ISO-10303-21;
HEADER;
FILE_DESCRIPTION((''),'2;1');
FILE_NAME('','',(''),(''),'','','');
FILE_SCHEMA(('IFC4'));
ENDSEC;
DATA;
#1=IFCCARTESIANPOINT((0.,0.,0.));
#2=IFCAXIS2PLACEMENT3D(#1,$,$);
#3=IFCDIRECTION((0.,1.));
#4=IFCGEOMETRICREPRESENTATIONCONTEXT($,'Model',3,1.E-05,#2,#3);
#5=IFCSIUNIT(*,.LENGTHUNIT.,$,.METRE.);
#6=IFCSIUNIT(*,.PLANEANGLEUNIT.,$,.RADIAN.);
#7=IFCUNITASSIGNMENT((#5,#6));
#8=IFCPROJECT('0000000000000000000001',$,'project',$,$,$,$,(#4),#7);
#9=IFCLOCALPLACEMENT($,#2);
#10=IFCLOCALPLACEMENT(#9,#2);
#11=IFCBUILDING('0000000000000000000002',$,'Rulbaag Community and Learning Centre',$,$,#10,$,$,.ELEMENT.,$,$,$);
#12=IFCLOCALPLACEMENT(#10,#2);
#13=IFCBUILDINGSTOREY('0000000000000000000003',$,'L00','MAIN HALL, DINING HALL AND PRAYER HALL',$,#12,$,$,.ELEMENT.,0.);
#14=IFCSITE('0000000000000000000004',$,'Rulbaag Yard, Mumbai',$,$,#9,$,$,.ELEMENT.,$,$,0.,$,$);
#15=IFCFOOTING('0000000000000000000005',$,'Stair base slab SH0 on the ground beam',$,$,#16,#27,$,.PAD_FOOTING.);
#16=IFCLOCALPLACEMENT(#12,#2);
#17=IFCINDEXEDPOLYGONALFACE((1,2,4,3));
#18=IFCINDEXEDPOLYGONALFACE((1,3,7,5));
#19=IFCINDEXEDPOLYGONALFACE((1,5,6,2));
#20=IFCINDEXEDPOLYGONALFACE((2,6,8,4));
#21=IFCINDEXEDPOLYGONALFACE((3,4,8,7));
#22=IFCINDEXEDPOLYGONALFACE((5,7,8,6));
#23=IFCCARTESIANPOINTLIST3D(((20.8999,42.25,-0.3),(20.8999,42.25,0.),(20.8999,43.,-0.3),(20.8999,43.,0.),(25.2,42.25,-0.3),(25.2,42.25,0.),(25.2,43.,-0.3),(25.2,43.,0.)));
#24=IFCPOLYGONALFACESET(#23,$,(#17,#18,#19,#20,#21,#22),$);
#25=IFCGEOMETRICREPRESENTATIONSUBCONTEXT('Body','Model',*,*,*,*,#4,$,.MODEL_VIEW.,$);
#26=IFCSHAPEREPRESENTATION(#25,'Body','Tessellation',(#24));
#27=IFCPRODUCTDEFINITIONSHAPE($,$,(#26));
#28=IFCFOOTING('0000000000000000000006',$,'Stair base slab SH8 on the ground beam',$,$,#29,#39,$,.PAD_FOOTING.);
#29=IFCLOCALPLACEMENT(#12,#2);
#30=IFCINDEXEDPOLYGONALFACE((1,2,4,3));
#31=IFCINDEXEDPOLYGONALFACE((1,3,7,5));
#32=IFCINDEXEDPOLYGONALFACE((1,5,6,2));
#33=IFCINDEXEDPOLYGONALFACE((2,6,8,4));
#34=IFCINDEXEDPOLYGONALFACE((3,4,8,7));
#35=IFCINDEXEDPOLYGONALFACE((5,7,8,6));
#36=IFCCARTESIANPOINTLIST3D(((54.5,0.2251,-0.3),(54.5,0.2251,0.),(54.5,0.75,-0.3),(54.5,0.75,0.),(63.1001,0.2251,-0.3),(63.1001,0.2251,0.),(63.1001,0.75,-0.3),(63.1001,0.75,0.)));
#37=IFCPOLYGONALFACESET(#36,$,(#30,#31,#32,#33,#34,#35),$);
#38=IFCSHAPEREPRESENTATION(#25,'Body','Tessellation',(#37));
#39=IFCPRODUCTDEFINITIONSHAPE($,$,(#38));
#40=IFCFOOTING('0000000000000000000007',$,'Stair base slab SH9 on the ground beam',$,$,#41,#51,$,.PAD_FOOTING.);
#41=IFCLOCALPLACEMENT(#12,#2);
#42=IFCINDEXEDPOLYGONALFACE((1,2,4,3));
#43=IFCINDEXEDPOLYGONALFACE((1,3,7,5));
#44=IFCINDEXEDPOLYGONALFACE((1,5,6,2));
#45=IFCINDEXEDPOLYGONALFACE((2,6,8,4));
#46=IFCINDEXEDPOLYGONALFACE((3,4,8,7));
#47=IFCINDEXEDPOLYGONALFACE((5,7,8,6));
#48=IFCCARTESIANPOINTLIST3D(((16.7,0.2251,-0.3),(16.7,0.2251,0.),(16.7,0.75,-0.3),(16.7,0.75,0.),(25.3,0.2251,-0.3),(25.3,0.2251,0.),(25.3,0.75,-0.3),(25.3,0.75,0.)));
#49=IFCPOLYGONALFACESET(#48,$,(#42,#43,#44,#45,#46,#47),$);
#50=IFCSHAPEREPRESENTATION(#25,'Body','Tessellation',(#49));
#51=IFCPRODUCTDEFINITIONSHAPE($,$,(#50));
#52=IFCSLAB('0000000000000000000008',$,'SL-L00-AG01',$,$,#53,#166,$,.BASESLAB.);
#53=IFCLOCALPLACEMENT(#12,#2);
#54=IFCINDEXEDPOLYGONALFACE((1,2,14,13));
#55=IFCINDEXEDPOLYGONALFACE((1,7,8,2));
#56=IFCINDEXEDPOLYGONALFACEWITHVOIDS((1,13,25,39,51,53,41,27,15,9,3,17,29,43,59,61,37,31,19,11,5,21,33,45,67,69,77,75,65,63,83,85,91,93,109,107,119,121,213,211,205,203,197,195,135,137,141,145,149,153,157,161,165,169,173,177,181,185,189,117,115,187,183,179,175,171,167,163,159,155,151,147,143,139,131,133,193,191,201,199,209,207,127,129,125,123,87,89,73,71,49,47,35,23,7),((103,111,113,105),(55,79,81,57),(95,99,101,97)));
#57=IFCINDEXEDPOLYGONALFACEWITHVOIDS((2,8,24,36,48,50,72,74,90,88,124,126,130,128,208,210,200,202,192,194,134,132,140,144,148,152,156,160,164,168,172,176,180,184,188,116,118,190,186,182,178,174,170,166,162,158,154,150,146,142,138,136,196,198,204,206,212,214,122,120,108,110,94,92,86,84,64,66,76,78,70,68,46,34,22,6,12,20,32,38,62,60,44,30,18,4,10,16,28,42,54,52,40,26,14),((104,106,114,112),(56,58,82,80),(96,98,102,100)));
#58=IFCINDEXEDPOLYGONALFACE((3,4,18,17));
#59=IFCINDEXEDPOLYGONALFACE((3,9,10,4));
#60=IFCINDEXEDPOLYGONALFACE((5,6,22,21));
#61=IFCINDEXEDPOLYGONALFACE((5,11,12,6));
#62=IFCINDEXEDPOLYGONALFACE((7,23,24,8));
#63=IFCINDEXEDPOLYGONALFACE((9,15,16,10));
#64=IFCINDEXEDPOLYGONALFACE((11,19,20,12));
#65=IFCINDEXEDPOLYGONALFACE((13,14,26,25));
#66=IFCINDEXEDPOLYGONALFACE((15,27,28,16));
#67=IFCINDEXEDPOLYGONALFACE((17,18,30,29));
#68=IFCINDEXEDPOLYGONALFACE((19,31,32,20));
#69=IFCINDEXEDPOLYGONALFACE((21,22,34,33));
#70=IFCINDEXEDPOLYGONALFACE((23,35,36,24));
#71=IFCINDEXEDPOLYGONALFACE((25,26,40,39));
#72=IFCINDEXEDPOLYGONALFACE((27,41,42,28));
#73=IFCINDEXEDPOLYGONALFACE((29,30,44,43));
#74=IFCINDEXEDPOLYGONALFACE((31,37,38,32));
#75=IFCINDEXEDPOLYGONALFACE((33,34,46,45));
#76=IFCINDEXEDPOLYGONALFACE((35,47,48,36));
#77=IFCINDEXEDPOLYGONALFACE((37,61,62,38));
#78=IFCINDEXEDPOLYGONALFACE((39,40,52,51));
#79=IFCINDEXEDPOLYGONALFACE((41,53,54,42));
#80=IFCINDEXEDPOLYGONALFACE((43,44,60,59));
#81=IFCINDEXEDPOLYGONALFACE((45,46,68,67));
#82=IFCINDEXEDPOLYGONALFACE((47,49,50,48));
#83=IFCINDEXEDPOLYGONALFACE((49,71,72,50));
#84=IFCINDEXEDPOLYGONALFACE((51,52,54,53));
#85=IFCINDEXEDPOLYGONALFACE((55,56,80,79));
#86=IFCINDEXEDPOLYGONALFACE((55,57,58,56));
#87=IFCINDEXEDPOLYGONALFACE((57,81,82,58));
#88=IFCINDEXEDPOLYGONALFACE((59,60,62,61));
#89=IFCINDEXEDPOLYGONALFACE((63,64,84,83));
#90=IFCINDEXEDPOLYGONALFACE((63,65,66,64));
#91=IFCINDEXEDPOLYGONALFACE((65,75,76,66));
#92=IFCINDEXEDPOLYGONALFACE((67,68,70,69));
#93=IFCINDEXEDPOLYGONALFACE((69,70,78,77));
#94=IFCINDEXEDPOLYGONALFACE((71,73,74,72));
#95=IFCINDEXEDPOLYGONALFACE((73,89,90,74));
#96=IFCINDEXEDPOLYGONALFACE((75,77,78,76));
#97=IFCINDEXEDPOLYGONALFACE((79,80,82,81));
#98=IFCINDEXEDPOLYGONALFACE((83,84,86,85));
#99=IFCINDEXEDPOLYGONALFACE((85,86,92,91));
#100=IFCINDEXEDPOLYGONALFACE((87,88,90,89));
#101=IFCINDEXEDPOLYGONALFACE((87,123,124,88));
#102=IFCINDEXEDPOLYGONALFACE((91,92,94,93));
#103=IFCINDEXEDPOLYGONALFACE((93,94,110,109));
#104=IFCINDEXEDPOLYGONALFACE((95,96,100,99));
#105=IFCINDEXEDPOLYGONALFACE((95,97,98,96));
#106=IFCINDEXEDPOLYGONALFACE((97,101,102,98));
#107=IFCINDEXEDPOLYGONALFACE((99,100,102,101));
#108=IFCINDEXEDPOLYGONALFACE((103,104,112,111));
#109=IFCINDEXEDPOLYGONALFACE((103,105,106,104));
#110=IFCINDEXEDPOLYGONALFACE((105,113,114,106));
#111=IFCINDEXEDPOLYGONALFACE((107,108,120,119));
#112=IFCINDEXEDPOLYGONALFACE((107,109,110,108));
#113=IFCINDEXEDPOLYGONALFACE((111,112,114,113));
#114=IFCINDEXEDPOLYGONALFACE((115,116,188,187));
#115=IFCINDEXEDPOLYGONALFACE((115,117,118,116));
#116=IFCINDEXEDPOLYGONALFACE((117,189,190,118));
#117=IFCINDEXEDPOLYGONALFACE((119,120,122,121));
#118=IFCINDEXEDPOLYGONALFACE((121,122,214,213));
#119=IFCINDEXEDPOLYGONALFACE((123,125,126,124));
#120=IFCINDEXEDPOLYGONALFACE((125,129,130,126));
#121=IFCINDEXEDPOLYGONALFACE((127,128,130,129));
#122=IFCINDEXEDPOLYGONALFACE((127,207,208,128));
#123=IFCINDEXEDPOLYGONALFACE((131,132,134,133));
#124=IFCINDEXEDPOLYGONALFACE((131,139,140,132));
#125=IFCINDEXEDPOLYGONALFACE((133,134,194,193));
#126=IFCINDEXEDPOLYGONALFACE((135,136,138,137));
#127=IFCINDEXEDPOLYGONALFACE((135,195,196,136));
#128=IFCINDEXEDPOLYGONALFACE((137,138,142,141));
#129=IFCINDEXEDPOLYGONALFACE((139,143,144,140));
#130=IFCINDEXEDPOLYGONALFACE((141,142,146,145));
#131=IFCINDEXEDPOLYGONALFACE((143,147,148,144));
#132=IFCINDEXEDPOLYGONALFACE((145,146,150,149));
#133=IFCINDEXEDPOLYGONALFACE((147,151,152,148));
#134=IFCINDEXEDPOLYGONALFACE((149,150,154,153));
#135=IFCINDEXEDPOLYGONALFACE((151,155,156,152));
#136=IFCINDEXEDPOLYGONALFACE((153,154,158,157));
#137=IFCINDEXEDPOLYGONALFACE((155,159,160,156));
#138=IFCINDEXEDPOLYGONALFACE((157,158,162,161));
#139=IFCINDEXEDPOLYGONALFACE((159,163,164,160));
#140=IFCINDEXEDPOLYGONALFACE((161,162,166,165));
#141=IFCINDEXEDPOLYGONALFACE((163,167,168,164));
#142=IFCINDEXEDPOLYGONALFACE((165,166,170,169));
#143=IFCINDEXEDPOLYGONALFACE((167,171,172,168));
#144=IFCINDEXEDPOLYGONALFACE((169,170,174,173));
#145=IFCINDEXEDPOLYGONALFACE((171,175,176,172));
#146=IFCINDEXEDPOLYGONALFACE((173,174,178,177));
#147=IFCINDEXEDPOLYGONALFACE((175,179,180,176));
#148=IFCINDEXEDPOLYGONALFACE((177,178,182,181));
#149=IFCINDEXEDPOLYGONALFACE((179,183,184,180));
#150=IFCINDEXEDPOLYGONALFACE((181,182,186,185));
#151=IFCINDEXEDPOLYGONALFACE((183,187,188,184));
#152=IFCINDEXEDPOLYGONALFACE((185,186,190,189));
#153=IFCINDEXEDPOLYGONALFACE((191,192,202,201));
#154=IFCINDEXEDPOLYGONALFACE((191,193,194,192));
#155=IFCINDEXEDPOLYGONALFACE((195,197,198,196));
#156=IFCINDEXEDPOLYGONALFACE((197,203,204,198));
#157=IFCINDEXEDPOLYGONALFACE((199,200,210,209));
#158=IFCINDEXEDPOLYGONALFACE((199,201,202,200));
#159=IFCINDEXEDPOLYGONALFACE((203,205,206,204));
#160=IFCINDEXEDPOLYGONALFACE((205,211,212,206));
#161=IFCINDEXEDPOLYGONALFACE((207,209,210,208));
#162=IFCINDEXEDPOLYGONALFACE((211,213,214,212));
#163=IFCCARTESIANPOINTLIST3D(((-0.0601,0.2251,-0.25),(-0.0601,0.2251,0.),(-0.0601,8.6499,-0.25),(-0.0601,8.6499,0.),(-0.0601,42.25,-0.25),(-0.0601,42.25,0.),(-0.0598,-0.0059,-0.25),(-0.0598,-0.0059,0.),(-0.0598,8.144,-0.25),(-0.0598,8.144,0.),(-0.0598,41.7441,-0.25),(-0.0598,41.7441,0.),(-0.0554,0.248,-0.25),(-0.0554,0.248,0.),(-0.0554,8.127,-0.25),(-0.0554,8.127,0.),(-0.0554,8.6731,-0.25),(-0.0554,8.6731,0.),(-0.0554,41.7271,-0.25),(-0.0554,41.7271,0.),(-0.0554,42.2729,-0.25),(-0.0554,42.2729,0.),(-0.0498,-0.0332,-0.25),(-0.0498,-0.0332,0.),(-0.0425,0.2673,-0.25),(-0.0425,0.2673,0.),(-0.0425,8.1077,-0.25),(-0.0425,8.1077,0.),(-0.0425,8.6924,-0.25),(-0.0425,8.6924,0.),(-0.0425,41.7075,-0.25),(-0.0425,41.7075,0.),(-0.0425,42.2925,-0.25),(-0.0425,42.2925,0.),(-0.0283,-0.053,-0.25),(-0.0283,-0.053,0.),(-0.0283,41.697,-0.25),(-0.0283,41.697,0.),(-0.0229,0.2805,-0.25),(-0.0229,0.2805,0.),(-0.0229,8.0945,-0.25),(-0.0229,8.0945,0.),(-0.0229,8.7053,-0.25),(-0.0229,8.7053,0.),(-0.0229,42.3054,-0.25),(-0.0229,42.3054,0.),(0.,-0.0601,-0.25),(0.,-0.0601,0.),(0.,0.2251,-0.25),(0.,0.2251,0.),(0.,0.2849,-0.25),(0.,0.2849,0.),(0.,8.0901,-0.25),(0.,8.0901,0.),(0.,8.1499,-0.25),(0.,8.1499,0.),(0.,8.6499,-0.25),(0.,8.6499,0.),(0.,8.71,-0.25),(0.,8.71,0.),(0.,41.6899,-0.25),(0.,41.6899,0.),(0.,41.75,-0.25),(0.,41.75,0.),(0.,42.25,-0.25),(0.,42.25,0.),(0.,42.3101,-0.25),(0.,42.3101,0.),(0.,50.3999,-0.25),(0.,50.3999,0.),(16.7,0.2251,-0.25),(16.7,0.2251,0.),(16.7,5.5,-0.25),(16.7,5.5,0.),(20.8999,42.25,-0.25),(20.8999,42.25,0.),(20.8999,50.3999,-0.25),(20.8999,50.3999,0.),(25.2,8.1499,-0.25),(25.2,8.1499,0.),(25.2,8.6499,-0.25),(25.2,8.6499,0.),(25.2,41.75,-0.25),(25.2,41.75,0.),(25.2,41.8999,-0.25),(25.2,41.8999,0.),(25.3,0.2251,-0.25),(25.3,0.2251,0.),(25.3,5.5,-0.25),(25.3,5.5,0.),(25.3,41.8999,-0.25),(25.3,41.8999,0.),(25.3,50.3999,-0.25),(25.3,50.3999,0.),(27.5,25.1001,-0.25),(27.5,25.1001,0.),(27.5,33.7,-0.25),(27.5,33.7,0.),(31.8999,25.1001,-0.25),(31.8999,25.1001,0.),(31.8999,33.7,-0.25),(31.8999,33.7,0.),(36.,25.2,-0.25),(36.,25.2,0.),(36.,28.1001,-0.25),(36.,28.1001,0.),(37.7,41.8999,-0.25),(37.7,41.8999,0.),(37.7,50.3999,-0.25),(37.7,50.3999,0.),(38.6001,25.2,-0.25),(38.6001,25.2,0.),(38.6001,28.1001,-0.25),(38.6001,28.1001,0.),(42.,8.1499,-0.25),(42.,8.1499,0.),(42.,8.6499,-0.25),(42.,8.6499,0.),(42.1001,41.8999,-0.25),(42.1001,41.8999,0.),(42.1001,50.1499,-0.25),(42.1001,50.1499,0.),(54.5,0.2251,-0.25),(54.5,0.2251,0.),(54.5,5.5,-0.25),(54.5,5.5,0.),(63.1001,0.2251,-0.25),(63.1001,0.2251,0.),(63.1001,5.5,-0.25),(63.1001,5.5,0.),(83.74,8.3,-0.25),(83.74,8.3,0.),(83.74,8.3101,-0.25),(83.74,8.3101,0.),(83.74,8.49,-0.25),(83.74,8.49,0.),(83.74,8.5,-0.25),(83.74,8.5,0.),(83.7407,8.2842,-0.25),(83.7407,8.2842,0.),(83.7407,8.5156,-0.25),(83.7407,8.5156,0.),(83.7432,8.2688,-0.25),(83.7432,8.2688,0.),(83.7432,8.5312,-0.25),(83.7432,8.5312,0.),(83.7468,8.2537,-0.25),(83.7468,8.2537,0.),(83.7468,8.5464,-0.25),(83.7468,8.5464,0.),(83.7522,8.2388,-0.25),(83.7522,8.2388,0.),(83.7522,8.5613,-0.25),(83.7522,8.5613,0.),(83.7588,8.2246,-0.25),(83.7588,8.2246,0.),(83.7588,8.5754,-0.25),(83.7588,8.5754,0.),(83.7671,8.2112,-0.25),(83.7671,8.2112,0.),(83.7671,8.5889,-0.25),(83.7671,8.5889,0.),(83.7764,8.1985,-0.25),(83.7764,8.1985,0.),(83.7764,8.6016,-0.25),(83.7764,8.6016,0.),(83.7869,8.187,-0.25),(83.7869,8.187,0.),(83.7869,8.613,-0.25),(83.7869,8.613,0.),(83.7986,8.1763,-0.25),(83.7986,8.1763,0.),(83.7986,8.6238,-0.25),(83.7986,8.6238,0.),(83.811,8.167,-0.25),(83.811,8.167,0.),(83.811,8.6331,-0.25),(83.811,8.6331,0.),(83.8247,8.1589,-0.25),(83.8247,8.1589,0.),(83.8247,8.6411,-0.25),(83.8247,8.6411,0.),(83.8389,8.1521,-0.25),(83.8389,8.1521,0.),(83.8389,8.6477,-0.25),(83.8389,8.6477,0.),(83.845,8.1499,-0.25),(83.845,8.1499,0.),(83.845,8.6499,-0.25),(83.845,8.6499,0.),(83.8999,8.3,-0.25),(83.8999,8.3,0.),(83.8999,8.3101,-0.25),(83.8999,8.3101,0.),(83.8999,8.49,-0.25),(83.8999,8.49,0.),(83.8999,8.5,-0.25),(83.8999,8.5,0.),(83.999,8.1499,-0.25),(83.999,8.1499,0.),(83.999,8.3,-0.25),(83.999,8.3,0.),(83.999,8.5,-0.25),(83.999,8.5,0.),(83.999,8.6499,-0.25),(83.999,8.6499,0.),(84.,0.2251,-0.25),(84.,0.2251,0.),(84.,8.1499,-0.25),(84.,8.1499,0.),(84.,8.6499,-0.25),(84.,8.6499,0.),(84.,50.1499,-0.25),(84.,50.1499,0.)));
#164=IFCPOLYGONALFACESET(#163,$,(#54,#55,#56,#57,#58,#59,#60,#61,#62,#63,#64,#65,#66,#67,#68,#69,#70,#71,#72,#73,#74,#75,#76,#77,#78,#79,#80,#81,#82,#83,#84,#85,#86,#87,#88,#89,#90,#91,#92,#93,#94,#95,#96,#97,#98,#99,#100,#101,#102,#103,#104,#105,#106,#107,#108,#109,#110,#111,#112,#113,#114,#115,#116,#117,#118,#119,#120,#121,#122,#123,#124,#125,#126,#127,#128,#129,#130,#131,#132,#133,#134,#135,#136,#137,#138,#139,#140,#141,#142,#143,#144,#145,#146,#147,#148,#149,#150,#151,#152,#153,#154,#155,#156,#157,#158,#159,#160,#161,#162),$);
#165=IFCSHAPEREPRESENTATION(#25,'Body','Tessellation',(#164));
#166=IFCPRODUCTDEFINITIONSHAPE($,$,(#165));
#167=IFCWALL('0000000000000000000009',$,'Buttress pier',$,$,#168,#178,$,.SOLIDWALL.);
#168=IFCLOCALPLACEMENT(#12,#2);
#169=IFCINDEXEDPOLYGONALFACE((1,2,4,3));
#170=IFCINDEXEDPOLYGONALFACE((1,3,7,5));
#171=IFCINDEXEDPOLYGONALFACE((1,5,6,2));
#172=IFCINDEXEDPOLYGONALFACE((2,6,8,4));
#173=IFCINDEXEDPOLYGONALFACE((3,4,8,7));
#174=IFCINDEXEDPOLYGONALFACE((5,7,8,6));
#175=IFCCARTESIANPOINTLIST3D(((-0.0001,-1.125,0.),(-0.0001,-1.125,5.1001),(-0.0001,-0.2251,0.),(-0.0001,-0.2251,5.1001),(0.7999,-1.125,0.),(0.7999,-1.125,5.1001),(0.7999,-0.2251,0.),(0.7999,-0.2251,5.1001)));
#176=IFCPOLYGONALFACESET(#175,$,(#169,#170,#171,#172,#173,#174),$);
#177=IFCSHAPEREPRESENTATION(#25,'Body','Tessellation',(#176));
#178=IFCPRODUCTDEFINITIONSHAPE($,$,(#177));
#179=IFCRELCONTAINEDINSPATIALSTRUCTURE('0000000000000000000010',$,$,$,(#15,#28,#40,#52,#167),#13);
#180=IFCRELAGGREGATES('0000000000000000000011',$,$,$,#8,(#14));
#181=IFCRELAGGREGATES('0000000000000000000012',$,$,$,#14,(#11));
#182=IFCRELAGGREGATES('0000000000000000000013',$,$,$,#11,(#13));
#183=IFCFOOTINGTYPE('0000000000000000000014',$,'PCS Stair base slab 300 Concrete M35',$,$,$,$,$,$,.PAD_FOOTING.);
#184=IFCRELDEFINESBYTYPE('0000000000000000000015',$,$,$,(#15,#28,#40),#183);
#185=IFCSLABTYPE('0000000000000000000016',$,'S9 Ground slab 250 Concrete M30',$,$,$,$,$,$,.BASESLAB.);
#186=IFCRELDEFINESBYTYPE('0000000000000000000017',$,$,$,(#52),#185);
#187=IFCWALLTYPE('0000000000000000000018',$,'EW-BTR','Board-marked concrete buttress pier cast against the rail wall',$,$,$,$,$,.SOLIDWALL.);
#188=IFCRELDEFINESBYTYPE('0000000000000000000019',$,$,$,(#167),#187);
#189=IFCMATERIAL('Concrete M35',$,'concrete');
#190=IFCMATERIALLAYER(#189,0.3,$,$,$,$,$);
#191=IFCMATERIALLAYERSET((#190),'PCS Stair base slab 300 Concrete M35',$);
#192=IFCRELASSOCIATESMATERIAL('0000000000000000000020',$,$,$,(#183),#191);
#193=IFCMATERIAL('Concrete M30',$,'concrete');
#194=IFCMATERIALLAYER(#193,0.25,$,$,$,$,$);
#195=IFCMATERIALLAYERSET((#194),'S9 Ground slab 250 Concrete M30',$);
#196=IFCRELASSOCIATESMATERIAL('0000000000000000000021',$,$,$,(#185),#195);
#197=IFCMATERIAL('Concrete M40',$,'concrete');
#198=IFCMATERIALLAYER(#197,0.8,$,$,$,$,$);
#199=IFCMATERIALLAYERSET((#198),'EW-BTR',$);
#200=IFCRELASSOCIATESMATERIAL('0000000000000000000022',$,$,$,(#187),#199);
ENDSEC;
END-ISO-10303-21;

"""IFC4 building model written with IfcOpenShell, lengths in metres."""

from ifc_helpers import new_model, si_unit, direction, frame, frame_2d, origin, place, context, subcontext, project, spatial, polyline, rectangle, outline, extrude, material, layer, layer_set, type_object, element, save


model = new_model("IFC4")

# Units and contexts
model_context = context("Model", 3, precision=1e-05, world=origin(), true_north=direction((0.0, 1.0)))
body_context = subcontext(model_context, "Body", "Model", "MODEL_VIEW")
ifc_project = project(units=[si_unit("LENGTHUNIT", "METRE"), si_unit("PLANEANGLEUNIT", "RADIAN")], contexts=[model_context])

# Site, building, storey
site_placement = place(None, origin())
site = spatial("IfcSite", under=ifc_project, at=site_placement, Name="Rulbaag Yard, Mumbai", CompositionType="ELEMENT", RefElevation=0.0)
building_placement = place(site_placement, origin())
building = spatial("IfcBuilding", under=site, at=building_placement, Name="Rulbaag Community and Learning Centre", CompositionType="ELEMENT")
storey_placement = place(building_placement, origin())
storey = spatial("IfcBuildingStorey", under=building, at=storey_placement, Name="L00", Description="MAIN HALL, DINING HALL AND PRAYER HALL", CompositionType="ELEMENT", Elevation=0.0)

# Footings
ifc_material_1 = material(Name="Concrete M35", Category="concrete")
ifc_layer_1 = layer(ifc_material_1, 0.3)
ifc_layer_set_1 = layer_set([ifc_layer_1], Name="PCS Stair base slab 300 Concrete M35")
footing_type = type_object("IfcFootingType", Name="PCS Stair base slab 300 Concrete M35", PredefinedType="PAD_FOOTING", material=ifc_layer_set_1)
footing_1_placement = place(storey_placement, frame((0.0, 0.0, -0.3)))
element("IfcFooting", 1, at=footing_1_placement, inside=storey, type_object=footing_type, Name="Stair base slab SH0 on the ground beam", PredefinedType="PAD_FOOTING", context=body_context, shape_type="SweptSolid", body=[
    extrude(outline(polyline([(20.8999, 42.25), (20.8999, 43.0), (25.2, 43.0), (25.2, 42.25), (20.8999, 42.25)])), origin(), (0.0, 0.0, 1.0), 0.3),
])
footing_2_placement = place(storey_placement, frame((0.0, 0.0, -0.3)))
element("IfcFooting", 2, at=footing_2_placement, inside=storey, type_object=footing_type, Name="Stair base slab SH8 on the ground beam", PredefinedType="PAD_FOOTING", context=body_context, shape_type="SweptSolid", body=[
    extrude(outline(polyline([(54.5, 0.2251), (54.5, 0.75), (63.1001, 0.75), (63.1001, 0.2251), (54.5, 0.2251)])), origin(), (0.0, 0.0, 1.0), 0.3),
])
footing_3_placement = place(storey_placement, frame((0.0, 0.0, -0.3)))
element("IfcFooting", 3, at=footing_3_placement, inside=storey, type_object=footing_type, Name="Stair base slab SH9 on the ground beam", PredefinedType="PAD_FOOTING", context=body_context, shape_type="SweptSolid", body=[
    extrude(outline(polyline([(16.7, 0.2251), (16.7, 0.75), (25.3, 0.75), (25.3, 0.2251), (16.7, 0.2251)])), origin(), (0.0, 0.0, 1.0), 0.3),
])

# Slab
ifc_material_2 = material(Name="Concrete M30", Category="concrete")
ifc_layer_2 = layer(ifc_material_2, 0.25)
ifc_layer_set_2 = layer_set([ifc_layer_2], Name="S9 Ground slab 250 Concrete M30")
slab_type = type_object("IfcSlabType", Name="S9 Ground slab 250 Concrete M30", PredefinedType="BASESLAB", material=ifc_layer_set_2)
slab_placement = place(storey_placement, frame((0.0, 0.0, -0.25)))
element("IfcSlab", 4, at=slab_placement, inside=storey, type_object=slab_type, Name="SL-L00-AG01", PredefinedType="BASESLAB", context=body_context, shape_type="SweptSolid", body=[
    extrude(outline(polyline([(83.8389, 8.1521), (83.8247, 8.1589), (83.811, 8.167), (83.7986, 8.1763), (83.7869, 8.187), (83.7764, 8.1985), (83.7671, 8.2112), (83.7588, 8.2246), (83.7522, 8.2388), (83.7468, 8.2537), (83.7432, 8.2688), (83.7407, 8.2842), (83.74, 8.3), (83.74, 8.3101), (83.8999, 8.3101), (83.8999, 8.3), (83.999, 8.3), (83.999, 8.1499), (84.0, 8.1499), (84.0, 0.2251), (63.1001, 0.2251), (63.1001, 5.5), (54.5, 5.5), (54.5, 0.2251), (25.3, 0.2251), (25.3, 5.5), (16.7, 5.5), (16.7, 0.2251), (0.0, 0.2251), (0.0, -0.0601), (-0.0283, -0.053), (-0.0498, -0.0332), (-0.0598, -0.0059), (-0.0601, 0.2251), (-0.0554, 0.248), (-0.0425, 0.2673), (-0.0229, 0.2805), (0.0, 0.2849), (0.0, 8.0901), (-0.0229, 8.0945), (-0.0425, 8.1077), (-0.0554, 8.127), (-0.0598, 8.144), (-0.0601, 8.6499), (-0.0554, 8.6731), (-0.0425, 8.6924), (-0.0229, 8.7053), (0.0, 8.71), (0.0, 41.6899), (-0.0283, 41.697), (-0.0425, 41.7075), (-0.0554, 41.7271), (-0.0598, 41.7441), (-0.0601, 42.25), (-0.0554, 42.2729), (-0.0425, 42.2925), (-0.0229, 42.3054), (0.0, 42.3101), (0.0, 50.3999), (20.8999, 50.3999), (20.8999, 42.25), (0.0, 42.25), (0.0, 41.75), (25.2, 41.75), (25.2, 41.8999), (25.3, 41.8999), (25.3, 50.3999), (37.7, 50.3999), (37.7, 41.8999), (42.1001, 41.8999), (42.1001, 50.1499), (84.0, 50.1499), (84.0, 8.6499), (83.999, 8.6499), (83.999, 8.5), (83.8999, 8.5), (83.8999, 8.49), (83.74, 8.49), (83.74, 8.5), (83.7407, 8.5156), (83.7432, 8.5312), (83.7468, 8.5464), (83.7522, 8.5613), (83.7588, 8.5754), (83.7671, 8.5889), (83.7764, 8.6016), (83.7869, 8.613), (83.7986, 8.6238), (83.811, 8.6331), (83.8247, 8.6411), (83.8389, 8.6477), (83.845, 8.6499), (42.0, 8.6499), (42.0, 8.1499), (83.845, 8.1499), (83.8389, 8.1521)]), holes=[polyline([(36.0, 28.1001), (36.0, 25.2), (38.6001, 25.2), (38.6001, 28.1001), (36.0, 28.1001)]), polyline([(27.5, 33.7), (27.5, 25.1001), (31.8999, 25.1001), (31.8999, 33.7), (27.5, 33.7)]), polyline([(0.0, 8.1499), (25.2, 8.1499), (25.2, 8.6499), (0.0, 8.6499), (0.0, 8.1499)])]), origin(), (0.0, 0.0, 1.0), 0.25),
])

# Wall
ifc_material_3 = material(Name="Concrete M40", Category="concrete")
ifc_layer_3 = layer(ifc_material_3, 0.8)
ifc_layer_set_3 = layer_set([ifc_layer_3], Name="EW-BTR")
wall_type_1 = type_object("IfcWallType", Name="EW-BTR", Description="Board-marked concrete buttress pier cast against the rail wall", PredefinedType="SOLIDWALL", material=ifc_layer_set_3)
wall_1_placement = place(storey_placement, frame((0.3999, -0.2251, 0.0), z_axis=(0.0, 0.0, 1.0), x_axis=(0.0, -1.0, 0.0)))
element("IfcWall", 5, at=wall_1_placement, inside=storey, type_object=wall_type_1, Name="Buttress pier", PredefinedType="SOLIDWALL", context=body_context, shape_type="SweptSolid", body=[
    extrude(rectangle(XDim=0.8999, YDim=0.8, at=frame_2d((0.45, 0.0))), origin(), (0.0, 0.0, 1.0), 5.1001),
])

save(model, "model.ifc")
